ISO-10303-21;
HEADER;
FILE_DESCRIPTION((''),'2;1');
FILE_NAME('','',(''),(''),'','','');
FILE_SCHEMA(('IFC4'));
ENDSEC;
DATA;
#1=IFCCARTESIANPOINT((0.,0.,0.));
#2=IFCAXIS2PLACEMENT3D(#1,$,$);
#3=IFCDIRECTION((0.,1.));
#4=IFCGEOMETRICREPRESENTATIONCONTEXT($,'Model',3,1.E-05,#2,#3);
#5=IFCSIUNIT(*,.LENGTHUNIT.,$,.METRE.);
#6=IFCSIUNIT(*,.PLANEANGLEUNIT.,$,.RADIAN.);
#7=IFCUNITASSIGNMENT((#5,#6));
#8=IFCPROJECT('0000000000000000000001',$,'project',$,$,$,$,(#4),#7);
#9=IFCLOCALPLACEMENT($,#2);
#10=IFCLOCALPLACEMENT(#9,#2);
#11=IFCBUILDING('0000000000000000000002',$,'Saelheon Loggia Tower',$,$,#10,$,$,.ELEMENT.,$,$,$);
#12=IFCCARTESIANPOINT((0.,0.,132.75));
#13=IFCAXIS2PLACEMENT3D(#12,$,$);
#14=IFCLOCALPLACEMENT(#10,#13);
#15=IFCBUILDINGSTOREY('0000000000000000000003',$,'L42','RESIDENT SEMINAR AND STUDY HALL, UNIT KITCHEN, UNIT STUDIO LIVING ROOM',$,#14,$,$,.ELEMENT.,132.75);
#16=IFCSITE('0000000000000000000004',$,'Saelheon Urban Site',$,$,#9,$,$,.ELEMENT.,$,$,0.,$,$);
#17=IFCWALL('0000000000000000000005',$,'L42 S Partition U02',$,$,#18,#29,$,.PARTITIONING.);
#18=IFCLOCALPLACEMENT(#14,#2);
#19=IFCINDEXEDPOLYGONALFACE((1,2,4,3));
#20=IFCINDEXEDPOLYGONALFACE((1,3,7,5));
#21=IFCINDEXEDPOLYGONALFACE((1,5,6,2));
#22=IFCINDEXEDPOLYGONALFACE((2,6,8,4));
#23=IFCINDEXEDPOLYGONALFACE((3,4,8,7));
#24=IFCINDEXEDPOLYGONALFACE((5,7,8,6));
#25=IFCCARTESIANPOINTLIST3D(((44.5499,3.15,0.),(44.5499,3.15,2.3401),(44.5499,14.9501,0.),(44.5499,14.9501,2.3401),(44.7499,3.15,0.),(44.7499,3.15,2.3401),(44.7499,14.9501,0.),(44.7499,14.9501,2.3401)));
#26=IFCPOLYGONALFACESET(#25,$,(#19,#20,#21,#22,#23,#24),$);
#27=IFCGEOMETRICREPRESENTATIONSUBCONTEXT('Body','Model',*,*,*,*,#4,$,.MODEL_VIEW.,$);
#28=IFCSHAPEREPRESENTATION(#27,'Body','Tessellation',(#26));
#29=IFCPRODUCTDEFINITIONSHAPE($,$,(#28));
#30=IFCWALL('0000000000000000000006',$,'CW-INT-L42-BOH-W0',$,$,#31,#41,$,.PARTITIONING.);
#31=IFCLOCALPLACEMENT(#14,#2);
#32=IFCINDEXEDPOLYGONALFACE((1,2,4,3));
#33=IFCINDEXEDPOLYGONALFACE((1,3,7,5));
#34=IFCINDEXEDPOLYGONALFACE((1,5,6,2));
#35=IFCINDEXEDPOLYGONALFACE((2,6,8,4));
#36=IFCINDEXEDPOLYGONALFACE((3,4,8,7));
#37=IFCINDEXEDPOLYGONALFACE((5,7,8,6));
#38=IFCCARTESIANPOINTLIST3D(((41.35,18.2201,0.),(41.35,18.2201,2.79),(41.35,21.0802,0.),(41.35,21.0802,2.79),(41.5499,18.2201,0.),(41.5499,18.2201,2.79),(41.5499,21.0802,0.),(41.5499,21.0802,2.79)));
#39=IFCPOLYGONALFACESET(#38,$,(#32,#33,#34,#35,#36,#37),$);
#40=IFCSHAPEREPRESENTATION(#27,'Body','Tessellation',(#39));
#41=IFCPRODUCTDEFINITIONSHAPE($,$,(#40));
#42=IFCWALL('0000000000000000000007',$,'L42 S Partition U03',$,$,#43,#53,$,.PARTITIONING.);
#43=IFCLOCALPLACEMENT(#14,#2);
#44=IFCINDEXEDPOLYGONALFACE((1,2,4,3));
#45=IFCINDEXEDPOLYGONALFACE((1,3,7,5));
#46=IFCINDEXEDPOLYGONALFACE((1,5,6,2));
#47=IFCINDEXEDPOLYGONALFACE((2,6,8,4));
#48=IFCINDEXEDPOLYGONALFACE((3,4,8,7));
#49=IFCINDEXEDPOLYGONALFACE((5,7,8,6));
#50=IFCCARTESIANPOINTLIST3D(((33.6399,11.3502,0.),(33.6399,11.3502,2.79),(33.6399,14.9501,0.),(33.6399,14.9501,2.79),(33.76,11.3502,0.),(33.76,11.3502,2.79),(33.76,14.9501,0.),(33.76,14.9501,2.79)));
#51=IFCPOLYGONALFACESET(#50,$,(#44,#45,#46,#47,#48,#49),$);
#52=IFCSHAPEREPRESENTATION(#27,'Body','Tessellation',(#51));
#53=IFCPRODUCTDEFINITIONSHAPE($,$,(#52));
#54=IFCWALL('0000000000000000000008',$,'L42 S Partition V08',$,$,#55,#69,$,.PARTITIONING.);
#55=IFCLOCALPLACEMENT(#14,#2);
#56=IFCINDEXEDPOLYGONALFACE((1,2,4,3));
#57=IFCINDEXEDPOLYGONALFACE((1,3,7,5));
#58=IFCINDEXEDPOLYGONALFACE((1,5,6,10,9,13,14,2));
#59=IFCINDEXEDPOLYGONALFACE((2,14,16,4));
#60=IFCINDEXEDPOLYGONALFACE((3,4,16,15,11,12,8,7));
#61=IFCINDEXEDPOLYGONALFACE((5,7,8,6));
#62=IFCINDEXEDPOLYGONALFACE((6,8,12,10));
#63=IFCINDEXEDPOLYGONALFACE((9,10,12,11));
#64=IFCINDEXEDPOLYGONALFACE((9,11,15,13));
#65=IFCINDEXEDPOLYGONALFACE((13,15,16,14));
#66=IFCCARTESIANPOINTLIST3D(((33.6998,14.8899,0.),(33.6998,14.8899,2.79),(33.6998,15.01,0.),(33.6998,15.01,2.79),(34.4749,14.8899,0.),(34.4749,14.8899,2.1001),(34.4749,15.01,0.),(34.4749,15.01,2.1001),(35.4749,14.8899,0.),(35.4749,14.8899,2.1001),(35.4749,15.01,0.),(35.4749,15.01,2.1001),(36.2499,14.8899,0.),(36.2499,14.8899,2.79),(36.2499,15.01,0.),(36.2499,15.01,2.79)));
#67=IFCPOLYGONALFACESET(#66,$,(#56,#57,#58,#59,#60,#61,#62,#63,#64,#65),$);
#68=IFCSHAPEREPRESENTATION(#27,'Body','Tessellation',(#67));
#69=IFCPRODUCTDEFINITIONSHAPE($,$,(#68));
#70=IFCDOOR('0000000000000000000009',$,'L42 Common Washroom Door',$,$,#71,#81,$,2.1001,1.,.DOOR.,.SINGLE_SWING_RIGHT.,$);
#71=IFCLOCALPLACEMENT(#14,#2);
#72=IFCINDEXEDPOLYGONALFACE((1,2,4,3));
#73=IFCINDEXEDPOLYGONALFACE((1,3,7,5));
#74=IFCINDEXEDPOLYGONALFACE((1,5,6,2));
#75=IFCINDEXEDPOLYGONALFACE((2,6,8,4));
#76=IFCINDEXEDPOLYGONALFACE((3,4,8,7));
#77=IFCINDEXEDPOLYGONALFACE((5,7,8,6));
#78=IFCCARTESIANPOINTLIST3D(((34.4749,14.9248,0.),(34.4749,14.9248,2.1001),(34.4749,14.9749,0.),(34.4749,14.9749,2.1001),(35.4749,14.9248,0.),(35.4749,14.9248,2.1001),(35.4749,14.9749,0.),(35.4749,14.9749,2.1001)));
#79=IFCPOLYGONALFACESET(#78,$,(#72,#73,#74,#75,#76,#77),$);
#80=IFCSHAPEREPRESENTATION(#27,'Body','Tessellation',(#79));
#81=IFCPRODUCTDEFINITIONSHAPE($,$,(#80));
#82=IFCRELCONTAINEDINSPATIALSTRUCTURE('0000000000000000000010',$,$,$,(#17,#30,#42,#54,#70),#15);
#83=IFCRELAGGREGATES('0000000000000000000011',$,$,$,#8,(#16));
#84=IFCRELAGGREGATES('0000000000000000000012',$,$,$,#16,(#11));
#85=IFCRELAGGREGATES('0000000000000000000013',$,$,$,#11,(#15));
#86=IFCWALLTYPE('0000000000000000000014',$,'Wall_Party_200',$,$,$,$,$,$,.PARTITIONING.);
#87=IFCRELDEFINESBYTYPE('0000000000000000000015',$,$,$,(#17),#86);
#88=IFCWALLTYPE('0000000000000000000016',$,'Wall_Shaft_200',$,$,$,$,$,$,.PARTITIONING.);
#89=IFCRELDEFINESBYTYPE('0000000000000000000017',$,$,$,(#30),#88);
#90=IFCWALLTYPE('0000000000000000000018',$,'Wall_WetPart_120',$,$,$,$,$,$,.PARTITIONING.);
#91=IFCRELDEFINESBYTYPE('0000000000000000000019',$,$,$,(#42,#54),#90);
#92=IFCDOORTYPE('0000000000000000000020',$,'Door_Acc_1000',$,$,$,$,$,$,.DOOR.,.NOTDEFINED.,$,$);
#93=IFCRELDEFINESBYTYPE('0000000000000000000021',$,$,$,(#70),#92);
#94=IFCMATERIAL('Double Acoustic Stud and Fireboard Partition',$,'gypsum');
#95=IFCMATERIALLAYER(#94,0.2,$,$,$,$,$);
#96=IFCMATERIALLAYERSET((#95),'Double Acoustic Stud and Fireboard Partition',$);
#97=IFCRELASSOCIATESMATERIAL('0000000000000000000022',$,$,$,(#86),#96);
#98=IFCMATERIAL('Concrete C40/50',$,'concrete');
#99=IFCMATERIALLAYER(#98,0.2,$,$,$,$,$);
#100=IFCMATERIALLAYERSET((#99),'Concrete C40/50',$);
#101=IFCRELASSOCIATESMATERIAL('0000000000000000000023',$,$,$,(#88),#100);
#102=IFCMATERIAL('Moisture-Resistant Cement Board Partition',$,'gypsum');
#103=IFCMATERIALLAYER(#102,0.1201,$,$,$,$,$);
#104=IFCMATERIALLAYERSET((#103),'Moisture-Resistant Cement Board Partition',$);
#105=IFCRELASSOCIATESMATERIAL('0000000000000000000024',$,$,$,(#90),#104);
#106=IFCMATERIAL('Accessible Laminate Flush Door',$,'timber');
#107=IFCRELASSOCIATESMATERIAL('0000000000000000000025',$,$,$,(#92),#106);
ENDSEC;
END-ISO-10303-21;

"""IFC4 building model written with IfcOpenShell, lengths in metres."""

from ifc_helpers import new_model, si_unit, direction, frame, frame_2d, origin, place, context, subcontext, project, spatial, rectangle, extrude, source, transform, mapped, material, layer, layer_set, type_object, element, fill, save


model = new_model("IFC4")

# Units and contexts
model_context = context("Model", 3, precision=1e-05, world=origin(), true_north=direction((0.0, 1.0)))
body_context = subcontext(model_context, "Body", "Model", "MODEL_VIEW")
ifc_project = project(units=[si_unit("LENGTHUNIT", "METRE"), si_unit("PLANEANGLEUNIT", "RADIAN")], contexts=[model_context])

# Site, building, storey
site_placement = place(None, origin())
site = spatial("IfcSite", under=ifc_project, at=site_placement, Name="Saelheon Urban Site", CompositionType="ELEMENT", RefElevation=0.0)
building_placement = place(site_placement, origin())
building = spatial("IfcBuilding", under=site, at=building_placement, Name="Saelheon Loggia Tower", CompositionType="ELEMENT")
storey_placement = place(building_placement, frame((0.0, 0.0, 132.75)))
storey = spatial("IfcBuildingStorey", under=building, at=storey_placement, Name="L42", Description="RESIDENT SEMINAR AND STUDY HALL, UNIT KITCHEN, UNIT STUDIO LIVING ROOM", CompositionType="ELEMENT", Elevation=132.75)

# Shared definitions
ifc_material_1 = material(Name="Concrete C40/50", Category="concrete")

# Walls
ifc_material_2 = material(Name="Double Acoustic Stud and Fireboard Partition", Category="gypsum")
ifc_layer_1 = layer(ifc_material_2, 0.2)
ifc_layer_set_1 = layer_set([ifc_layer_1], Name="Double Acoustic Stud and Fireboard Partition")
wall_type_1 = type_object("IfcWallType", Name="Wall_Party_200", PredefinedType="PARTITIONING", material=ifc_layer_set_1)
wall_1_placement = place(storey_placement, frame((44.6499, 14.95, 0.0), z_axis=(0.0, 0.0, 1.0), x_axis=(0.0, -1.0, 0.0)))
element("IfcWall", 1, at=wall_1_placement, inside=storey, type_object=wall_type_1, Name="L42 S Partition U02", PredefinedType="PARTITIONING", context=body_context, shape_type="SweptSolid", body=[
    extrude(rectangle(XDim=11.8, YDim=0.2, at=frame_2d((5.8999, 0.0))), origin(), (0.0, 0.0, 1.0), 2.3401),
])
ifc_layer_2 = layer(ifc_material_1, 0.2)
ifc_layer_set_2 = layer_set([ifc_layer_2], Name="Concrete C40/50")
wall_type_2 = type_object("IfcWallType", Name="Wall_Shaft_200", PredefinedType="PARTITIONING", material=ifc_layer_set_2)
wall_2_placement = place(storey_placement, frame((41.45, 18.22, 0.0), z_axis=(0.0, 0.0, 1.0), x_axis=(0.0, 1.0, 0.0)))
element("IfcWall", 2, at=wall_2_placement, inside=storey, type_object=wall_type_2, Name="CW-INT-L42-BOH-W0", PredefinedType="PARTITIONING", context=body_context, shape_type="SweptSolid", body=[
    extrude(rectangle(XDim=2.8601, YDim=0.2, at=frame_2d((1.4302, 0.0))), origin(), (0.0, 0.0, 1.0), 2.79),
])

# Wall
ifc_material_3 = material(Name="Moisture-Resistant Cement Board Partition", Category="gypsum")
ifc_layer_3 = layer(ifc_material_3, 0.1201)
ifc_layer_set_3 = layer_set([ifc_layer_3], Name="Moisture-Resistant Cement Board Partition")
wall_type_3 = type_object("IfcWallType", Name="Wall_WetPart_120", PredefinedType="PARTITIONING", material=ifc_layer_set_3)
wall_3_placement = place(storey_placement, frame((33.7, 14.95, 0.0), z_axis=(0.0, 0.0, 1.0), x_axis=(0.0, -1.0, 0.0)))
element("IfcWall", 3, at=wall_3_placement, inside=storey, type_object=wall_type_3, Name="L42 S Partition U03", PredefinedType="PARTITIONING", context=body_context, shape_type="SweptSolid", body=[
    extrude(rectangle(XDim=3.5999, YDim=0.1201, at=frame_2d((1.7998, 0.0))), origin(), (0.0, 0.0, 1.0), 2.79),
])

# Wall, opening, door
wall_4_placement = place(storey_placement, frame((33.7, 14.95, 0.0), z_axis=(0.0, 0.0, 1.0), x_axis=(1.0, 0.0, 0.0)))
wall_4 = element("IfcWall", 4, at=wall_4_placement, inside=storey, type_object=wall_type_3, Name="L42 S Partition V08", PredefinedType="PARTITIONING", context=body_context, shape_type="SweptSolid", body=[
    extrude(rectangle(XDim=2.55, YDim=0.1201, at=frame_2d((1.2749, 0.0))), origin(), (0.0, 0.0, 1.0), 2.79),
])
opening_1_placement = place(wall_4_placement, frame((0.7749, 0.0, 0.0)))
opening_1 = element("IfcOpeningElement", 5, at=opening_1_placement, cuts=wall_4, PredefinedType="OPENING", context=body_context, shape_type="SweptSolid", body=[
    extrude(rectangle(XDim=1.0, YDim=2.1001, at=frame_2d((0.5, 1.05))), frame((0.0, 0.072, 0.0), z_axis=(0.0, -1.0, 0.0), x_axis=(1.0, 0.0, 0.0)), (0.0, 0.0, 1.0), 0.144),
])
ifc_material_4 = material(Name="Accessible Laminate Flush Door", Category="timber")
door_type_1 = type_object("IfcDoorType", Name="Door_Acc_1000", OperationType="NOTDEFINED", PredefinedType="DOOR", material=ifc_material_4)
shared_shape_1 = source(origin(), body_context, "Body", "SweptSolid", [
    extrude(rectangle(XDim=1.0, YDim=2.1001, at=frame_2d((0.5, 1.05))), frame((0.0, 0.0249, 0.0), z_axis=(0.0, -1.0, 0.0), x_axis=(1.0, 0.0, 0.0)), (0.0, 0.0, 1.0), 0.05),
])
door_1_placement = place(opening_1_placement, origin())
door_1 = element("IfcDoor", 6, at=door_1_placement, inside=storey, type_object=door_type_1, Name="L42 Common Washroom Door", OperationType="SINGLE_SWING_RIGHT", OverallHeight=2.1001, OverallWidth=1.0, PredefinedType="DOOR", context=body_context, shape_type="MappedRepresentation", body=[
    mapped(shared_shape_1, transform((0.0, 0.0, 0.0), scale=1.0)),
])
fill(opening_1, door_1)

save(model, "model.ifc")
